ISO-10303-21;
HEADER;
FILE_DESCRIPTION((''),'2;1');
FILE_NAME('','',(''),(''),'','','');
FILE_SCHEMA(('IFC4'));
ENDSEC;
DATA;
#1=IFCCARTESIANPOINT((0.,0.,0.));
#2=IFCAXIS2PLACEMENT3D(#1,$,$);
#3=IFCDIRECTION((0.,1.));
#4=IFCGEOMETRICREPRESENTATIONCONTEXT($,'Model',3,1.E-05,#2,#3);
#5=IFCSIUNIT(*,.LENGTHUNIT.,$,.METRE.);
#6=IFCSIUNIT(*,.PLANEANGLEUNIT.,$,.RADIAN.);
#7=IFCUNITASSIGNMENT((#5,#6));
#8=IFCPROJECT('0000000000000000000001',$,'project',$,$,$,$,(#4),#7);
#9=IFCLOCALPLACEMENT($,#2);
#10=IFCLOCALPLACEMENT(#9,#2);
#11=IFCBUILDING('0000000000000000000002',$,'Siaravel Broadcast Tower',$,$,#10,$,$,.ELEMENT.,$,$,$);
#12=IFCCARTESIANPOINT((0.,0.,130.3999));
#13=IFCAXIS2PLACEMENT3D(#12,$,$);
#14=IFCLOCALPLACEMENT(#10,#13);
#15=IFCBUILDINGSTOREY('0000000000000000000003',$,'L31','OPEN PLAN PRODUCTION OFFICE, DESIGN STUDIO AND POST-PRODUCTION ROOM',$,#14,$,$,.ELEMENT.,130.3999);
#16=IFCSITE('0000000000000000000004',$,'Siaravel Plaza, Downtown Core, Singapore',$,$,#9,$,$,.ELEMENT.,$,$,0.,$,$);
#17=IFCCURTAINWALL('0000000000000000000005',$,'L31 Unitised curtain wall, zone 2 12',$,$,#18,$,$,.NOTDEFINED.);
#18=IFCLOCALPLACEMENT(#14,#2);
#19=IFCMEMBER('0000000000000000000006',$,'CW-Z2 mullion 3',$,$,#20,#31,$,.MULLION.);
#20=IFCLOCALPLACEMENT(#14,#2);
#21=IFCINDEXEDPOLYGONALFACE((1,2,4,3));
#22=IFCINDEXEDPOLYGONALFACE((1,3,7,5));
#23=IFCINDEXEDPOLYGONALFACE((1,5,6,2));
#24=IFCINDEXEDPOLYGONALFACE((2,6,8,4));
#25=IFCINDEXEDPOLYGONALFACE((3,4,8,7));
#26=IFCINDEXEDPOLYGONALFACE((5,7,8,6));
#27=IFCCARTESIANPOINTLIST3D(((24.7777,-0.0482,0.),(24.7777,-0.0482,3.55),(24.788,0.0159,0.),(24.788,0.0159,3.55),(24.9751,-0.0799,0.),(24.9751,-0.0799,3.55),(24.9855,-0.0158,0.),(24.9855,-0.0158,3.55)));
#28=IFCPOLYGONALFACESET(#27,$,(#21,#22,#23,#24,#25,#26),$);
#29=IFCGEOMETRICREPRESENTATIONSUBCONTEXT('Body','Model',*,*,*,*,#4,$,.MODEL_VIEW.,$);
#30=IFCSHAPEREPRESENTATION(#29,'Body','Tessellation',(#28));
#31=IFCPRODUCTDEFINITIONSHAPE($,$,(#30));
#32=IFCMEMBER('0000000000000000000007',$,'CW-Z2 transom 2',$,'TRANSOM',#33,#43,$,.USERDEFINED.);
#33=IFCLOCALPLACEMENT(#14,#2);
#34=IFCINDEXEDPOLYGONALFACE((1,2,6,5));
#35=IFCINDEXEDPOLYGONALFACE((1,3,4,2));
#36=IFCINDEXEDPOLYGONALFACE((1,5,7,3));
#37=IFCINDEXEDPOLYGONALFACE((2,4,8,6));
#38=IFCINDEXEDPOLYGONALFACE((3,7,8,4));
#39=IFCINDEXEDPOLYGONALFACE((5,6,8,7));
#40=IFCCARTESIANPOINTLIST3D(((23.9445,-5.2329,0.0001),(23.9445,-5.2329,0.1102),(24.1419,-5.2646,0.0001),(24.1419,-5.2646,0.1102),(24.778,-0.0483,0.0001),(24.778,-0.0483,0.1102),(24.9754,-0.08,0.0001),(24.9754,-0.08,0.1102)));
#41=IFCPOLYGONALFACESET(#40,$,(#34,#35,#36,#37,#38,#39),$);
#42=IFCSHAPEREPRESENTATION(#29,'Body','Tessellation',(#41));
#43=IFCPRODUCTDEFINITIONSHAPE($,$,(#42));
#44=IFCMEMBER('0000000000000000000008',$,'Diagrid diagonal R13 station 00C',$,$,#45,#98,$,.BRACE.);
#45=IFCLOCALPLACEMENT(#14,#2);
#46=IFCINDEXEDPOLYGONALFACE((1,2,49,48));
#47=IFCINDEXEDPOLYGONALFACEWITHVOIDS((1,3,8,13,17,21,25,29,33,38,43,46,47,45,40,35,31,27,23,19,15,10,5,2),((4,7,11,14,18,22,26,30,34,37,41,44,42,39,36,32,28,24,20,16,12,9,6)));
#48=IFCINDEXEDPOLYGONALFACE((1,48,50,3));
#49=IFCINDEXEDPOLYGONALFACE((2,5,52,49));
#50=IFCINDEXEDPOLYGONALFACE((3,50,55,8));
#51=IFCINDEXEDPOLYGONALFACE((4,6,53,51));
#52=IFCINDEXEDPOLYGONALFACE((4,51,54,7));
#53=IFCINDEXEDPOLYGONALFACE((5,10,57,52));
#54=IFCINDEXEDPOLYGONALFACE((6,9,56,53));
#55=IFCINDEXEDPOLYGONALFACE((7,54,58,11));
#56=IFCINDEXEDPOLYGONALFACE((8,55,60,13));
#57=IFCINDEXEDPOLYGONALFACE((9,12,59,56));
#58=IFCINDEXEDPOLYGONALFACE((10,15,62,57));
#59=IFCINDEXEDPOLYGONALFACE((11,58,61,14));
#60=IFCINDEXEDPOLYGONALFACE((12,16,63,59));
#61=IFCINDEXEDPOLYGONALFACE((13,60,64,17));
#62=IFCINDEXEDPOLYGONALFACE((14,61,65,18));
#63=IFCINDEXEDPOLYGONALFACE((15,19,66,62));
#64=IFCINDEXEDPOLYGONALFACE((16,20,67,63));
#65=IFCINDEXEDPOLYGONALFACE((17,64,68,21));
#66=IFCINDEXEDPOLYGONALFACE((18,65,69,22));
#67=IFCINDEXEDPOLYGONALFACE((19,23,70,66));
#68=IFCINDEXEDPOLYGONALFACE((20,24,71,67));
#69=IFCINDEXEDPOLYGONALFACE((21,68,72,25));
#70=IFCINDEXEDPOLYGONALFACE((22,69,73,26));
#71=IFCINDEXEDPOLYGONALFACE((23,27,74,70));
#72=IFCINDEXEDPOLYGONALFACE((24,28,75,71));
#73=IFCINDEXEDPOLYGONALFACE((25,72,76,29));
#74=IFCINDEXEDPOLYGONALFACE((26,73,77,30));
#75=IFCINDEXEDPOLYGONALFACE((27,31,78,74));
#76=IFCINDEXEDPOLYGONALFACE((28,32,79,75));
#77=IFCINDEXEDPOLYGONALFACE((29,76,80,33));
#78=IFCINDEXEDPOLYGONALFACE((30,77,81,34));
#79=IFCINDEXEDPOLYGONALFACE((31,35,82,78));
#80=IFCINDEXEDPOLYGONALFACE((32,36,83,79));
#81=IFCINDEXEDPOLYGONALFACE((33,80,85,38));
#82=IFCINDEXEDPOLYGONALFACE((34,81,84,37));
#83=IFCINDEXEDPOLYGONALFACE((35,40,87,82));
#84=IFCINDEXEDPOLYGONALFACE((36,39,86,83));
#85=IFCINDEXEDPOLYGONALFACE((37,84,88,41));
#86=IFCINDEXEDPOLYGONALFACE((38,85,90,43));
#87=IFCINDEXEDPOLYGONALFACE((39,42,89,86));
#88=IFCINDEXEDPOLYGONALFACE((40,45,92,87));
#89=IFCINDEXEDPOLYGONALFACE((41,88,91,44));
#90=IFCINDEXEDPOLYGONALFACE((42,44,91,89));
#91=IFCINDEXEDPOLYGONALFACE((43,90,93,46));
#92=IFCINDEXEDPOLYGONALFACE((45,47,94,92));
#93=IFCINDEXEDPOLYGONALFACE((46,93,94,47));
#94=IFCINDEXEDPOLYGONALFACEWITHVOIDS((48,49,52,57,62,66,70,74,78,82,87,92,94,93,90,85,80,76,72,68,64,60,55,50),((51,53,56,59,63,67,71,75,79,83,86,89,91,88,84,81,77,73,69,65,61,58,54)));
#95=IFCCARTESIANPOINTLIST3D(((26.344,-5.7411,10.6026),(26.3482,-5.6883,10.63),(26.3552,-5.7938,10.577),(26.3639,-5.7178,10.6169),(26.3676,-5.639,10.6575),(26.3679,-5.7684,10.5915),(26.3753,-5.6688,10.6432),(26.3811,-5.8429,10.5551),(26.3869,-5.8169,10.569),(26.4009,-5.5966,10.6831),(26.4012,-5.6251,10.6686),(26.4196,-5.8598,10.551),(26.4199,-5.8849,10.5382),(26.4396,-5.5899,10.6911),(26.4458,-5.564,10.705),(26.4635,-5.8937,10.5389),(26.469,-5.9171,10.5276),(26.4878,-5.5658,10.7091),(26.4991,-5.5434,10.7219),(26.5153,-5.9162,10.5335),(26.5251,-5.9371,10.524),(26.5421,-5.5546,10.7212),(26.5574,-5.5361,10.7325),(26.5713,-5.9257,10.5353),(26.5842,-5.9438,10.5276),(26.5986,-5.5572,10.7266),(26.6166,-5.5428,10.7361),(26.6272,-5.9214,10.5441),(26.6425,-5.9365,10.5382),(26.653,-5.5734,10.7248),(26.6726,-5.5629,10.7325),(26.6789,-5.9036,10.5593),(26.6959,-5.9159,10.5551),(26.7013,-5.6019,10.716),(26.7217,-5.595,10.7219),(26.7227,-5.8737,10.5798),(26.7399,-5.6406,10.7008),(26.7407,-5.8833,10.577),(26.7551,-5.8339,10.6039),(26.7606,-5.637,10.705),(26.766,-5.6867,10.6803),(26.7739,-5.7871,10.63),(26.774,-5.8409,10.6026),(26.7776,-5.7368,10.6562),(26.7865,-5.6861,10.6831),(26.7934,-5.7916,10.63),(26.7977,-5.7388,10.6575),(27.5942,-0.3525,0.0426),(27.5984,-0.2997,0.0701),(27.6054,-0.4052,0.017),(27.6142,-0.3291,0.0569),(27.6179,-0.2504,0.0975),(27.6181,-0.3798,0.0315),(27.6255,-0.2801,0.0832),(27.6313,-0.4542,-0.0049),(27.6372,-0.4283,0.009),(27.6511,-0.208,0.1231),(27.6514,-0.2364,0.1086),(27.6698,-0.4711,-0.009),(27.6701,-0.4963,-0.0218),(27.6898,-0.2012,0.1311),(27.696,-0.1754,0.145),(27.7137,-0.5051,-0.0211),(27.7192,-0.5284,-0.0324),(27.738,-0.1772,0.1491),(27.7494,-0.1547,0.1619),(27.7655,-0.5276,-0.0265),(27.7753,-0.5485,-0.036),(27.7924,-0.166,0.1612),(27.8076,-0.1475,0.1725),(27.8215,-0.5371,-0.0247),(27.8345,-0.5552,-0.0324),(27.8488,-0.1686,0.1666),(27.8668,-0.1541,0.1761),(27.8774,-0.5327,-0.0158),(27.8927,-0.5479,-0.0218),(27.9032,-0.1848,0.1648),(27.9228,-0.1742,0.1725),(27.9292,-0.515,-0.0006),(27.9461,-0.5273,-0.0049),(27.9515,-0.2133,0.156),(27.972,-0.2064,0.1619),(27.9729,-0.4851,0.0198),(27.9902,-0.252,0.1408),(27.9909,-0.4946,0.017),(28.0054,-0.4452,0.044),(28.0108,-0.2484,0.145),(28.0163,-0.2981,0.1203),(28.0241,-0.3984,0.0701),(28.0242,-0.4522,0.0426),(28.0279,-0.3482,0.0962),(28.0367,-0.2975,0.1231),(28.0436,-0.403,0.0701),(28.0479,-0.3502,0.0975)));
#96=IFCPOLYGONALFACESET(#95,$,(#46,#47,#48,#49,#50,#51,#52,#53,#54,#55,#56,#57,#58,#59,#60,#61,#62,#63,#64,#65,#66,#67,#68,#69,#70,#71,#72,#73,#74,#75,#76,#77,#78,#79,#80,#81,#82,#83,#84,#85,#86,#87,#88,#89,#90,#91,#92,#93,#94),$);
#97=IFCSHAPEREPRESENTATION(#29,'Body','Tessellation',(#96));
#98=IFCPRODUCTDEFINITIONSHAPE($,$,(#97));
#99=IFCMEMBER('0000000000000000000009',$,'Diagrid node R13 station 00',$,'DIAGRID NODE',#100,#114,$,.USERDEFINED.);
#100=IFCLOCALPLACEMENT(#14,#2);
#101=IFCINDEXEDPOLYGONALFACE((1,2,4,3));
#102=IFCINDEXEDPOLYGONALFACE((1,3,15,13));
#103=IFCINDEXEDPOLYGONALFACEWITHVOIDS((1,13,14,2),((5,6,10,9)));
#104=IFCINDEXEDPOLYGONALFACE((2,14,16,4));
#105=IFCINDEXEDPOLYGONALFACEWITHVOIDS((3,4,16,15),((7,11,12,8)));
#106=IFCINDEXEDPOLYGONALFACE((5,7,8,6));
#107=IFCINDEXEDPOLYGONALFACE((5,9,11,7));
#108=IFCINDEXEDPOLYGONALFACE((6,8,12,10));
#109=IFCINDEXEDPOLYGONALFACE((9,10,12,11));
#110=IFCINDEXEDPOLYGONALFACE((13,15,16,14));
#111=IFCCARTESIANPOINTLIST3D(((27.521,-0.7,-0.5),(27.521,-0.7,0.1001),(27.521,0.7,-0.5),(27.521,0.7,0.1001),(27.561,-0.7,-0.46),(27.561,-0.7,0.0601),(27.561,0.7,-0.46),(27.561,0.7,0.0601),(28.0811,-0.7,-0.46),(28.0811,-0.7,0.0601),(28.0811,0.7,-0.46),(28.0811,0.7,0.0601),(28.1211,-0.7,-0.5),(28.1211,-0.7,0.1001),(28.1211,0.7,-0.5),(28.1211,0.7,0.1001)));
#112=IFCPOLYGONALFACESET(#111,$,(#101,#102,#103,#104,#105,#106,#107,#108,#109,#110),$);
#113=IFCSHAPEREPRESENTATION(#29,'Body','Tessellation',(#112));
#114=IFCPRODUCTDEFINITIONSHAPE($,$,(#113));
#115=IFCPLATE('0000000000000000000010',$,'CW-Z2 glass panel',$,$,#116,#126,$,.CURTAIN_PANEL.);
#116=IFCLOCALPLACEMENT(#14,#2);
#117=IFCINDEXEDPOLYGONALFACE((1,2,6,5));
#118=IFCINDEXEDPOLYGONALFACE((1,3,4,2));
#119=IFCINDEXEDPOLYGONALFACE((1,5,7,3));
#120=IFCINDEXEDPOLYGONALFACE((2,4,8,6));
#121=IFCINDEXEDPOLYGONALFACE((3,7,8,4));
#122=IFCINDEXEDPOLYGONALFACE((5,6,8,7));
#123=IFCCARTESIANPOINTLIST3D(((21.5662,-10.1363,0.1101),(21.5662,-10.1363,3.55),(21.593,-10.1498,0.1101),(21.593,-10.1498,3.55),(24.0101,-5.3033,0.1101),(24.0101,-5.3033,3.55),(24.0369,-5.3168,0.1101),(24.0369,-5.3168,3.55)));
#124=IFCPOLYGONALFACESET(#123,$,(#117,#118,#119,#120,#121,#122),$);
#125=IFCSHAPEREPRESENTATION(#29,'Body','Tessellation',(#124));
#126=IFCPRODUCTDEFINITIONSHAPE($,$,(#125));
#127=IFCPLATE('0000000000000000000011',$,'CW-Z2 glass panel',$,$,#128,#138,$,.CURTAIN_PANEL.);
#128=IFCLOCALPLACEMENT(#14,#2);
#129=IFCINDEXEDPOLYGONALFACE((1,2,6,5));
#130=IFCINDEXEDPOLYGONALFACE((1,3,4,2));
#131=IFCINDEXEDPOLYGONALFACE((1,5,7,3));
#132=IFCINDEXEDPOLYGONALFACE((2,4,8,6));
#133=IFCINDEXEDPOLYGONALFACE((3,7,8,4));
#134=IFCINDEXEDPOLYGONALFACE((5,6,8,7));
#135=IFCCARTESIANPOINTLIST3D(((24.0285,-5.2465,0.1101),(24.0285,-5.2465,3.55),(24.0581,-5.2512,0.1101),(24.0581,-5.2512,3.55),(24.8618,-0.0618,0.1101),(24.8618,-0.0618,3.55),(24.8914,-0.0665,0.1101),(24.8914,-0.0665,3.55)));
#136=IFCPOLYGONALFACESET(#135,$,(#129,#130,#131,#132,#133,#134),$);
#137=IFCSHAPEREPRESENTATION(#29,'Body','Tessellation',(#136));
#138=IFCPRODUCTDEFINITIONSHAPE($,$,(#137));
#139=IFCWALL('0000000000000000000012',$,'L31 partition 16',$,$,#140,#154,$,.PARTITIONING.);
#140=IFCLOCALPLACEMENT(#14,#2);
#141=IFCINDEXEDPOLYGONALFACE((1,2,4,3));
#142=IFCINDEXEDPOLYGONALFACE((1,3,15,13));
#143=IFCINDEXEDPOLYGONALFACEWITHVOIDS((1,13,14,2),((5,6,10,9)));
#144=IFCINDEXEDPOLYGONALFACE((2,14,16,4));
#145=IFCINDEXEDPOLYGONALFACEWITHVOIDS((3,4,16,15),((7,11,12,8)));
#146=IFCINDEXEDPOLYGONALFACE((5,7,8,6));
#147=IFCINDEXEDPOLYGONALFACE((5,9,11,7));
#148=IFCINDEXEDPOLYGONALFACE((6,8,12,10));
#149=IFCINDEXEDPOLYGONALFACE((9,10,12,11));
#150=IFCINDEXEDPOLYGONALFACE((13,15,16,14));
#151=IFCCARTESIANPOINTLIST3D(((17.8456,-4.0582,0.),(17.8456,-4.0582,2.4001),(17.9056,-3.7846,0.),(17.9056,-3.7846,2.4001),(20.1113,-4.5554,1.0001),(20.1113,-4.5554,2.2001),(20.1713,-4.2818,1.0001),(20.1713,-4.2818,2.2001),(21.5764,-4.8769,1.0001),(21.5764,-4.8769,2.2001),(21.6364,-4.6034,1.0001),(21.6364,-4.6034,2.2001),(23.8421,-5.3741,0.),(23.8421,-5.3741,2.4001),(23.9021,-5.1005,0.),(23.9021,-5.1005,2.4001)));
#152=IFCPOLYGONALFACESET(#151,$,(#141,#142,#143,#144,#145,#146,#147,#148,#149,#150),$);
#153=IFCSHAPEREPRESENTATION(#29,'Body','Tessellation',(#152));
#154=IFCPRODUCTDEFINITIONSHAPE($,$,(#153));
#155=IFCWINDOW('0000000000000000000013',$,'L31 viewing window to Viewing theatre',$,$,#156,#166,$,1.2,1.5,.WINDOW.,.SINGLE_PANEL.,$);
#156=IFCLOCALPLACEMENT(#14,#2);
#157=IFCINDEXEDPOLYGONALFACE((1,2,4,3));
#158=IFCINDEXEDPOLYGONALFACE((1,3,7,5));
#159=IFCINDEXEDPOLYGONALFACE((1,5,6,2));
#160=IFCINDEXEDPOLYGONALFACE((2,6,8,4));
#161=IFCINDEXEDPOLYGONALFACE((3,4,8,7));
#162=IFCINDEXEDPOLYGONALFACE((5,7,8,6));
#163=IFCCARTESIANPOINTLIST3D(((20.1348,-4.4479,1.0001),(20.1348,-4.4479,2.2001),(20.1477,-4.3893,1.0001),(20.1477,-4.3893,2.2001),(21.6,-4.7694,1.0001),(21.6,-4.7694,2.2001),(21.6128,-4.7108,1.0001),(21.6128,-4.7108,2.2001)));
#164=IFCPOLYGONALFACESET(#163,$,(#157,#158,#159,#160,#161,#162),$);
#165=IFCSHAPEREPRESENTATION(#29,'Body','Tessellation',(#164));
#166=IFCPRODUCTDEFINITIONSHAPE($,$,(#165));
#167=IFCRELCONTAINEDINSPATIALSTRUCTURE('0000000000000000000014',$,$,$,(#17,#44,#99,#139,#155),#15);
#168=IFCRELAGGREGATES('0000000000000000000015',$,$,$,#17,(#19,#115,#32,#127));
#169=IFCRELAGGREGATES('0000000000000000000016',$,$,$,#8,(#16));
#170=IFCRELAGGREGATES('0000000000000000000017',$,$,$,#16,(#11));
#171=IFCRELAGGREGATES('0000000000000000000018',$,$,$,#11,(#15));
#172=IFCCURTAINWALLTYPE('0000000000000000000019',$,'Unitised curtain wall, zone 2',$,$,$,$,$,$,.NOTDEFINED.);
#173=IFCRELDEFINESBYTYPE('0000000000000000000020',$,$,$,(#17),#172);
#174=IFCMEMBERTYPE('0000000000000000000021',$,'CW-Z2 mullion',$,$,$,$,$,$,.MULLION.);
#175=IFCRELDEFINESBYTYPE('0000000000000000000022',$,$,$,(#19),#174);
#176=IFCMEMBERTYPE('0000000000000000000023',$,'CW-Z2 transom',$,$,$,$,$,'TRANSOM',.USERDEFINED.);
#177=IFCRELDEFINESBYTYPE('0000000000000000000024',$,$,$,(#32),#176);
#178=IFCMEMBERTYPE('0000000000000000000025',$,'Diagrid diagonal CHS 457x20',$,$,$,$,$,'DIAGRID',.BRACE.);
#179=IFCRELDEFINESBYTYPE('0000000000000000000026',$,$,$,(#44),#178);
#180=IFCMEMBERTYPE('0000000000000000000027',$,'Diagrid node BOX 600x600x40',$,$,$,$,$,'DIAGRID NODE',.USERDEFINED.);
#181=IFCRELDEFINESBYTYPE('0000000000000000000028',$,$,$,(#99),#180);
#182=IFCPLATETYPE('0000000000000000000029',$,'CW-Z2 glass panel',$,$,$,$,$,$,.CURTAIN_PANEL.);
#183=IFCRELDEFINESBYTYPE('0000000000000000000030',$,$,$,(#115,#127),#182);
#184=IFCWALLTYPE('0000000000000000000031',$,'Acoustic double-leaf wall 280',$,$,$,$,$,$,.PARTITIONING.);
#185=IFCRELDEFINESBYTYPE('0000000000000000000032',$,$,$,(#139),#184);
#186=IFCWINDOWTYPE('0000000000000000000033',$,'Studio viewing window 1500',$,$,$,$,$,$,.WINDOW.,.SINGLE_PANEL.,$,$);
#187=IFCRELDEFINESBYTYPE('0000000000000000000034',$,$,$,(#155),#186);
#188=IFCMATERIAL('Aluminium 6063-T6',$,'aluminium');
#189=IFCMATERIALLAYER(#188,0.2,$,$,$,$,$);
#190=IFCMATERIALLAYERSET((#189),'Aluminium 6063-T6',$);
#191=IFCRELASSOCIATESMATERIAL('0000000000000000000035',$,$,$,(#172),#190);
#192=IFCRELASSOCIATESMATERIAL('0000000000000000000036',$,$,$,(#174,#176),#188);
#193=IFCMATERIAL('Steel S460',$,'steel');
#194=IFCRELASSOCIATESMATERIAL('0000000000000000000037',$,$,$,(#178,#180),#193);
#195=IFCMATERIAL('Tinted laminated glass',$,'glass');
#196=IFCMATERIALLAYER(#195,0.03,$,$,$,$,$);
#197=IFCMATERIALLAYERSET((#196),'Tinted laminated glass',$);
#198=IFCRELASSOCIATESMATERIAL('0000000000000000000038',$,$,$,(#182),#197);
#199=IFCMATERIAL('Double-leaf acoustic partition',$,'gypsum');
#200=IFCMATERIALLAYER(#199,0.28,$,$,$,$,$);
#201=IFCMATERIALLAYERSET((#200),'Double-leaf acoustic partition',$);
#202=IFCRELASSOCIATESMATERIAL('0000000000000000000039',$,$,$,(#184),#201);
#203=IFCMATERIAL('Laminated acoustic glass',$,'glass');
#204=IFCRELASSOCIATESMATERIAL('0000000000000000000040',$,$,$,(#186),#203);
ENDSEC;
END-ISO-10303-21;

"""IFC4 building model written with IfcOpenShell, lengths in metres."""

from ifc_helpers import new_model, si_unit, direction, frame, frame_2d, origin, origin_2d, place, context, subcontext, project, spatial, rectangle, hollow_rectangle, hollow_circle, extrude, material, layer, layer_set, material_profile, profile_set, type_object, element, fill, aggregate, save


model = new_model("IFC4")

# Units and contexts
model_context = context("Model", 3, precision=1e-05, world=origin(), true_north=direction((0.0, 1.0)))
body_context = subcontext(model_context, "Body", "Model", "MODEL_VIEW")
ifc_project = project(units=[si_unit("LENGTHUNIT", "METRE"), si_unit("PLANEANGLEUNIT", "RADIAN")], contexts=[model_context])

# Site, building, storey
site_placement = place(None, origin())
site = spatial("IfcSite", under=ifc_project, at=site_placement, Name="Siaravel Plaza, Downtown Core, Singapore", CompositionType="ELEMENT", RefElevation=0.0)
building_placement = place(site_placement, origin())
building = spatial("IfcBuilding", under=site, at=building_placement, Name="Siaravel Broadcast Tower", CompositionType="ELEMENT")
storey_placement = place(building_placement, frame((0.0, 0.0, 130.3999)))
storey = spatial("IfcBuildingStorey", under=building, at=storey_placement, Name="L31", Description="OPEN PLAN PRODUCTION OFFICE, DESIGN STUDIO AND POST-PRODUCTION ROOM", CompositionType="ELEMENT", Elevation=130.3999)

# Curtain wall, members
ifc_material_1 = material(Name="Aluminium 6063-T6", Category="aluminium")
ifc_layer_1 = layer(ifc_material_1, 0.2)
ifc_layer_set_1 = layer_set([ifc_layer_1], Name="Aluminium 6063-T6")
curtain_wall_type = type_object("IfcCurtainWallType", Name="Unitised curtain wall, zone 2", PredefinedType="NOTDEFINED", material=ifc_layer_set_1)
curtain_wall_placement = place(storey_placement, origin())
curtain_wall = element("IfcCurtainWall", 1, at=curtain_wall_placement, inside=storey, type_object=curtain_wall_type, Name="L31 Unitised curtain wall, zone 2 12", PredefinedType="NOTDEFINED")
ifc_material_profile_1 = material_profile(ifc_material_1, rectangle(XDim=0.2, YDim=0.0649, at=origin_2d()))
ifc_profile_set_1 = profile_set([ifc_material_profile_1], Name="Aluminium 6063-T6")
member_type_1 = type_object("IfcMemberType", Name="CW-Z2 mullion", PredefinedType="MULLION", material=ifc_profile_set_1)
member_1_placement = place(storey_placement, frame((24.8816, -0.032, 0.0), z_axis=(0.0, 0.0, 1.0), x_axis=(-0.987329, 0.158685, 0.0)))
member_1 = element("IfcMember", 2, at=member_1_placement, type_object=member_type_1, Name="CW-Z2 mullion 3", PredefinedType="MULLION", context=body_context, shape_type="SweptSolid", body=[
    extrude(rectangle(XDim=0.2, YDim=0.0649, at=origin_2d()), origin(), (0.0, 0.0, 1.0), 3.55),
])
ifc_material_profile_2 = material_profile(ifc_material_1, rectangle(XDim=0.2, YDim=0.1101, at=origin_2d()))
ifc_profile_set_2 = profile_set([ifc_material_profile_2], Name="Aluminium 6063-T6")
member_type_2 = type_object("IfcMemberType", Name="CW-Z2 transom", ElementType="TRANSOM", PredefinedType="USERDEFINED", material=ifc_profile_set_2)
member_2_placement = place(storey_placement, frame((24.0432, -5.2488, 0.0552), z_axis=(0.158727, 0.987323, 0.0), x_axis=(-0.987323, 0.158727, 0.0)))
member_2 = element("IfcMember", 3, at=member_2_placement, type_object=member_type_2, Name="CW-Z2 transom 2", ObjectType="TRANSOM", PredefinedType="USERDEFINED", context=body_context, shape_type="SweptSolid", body=[
    extrude(rectangle(XDim=0.2, YDim=0.1101, at=origin_2d()), origin(), (0.0, 0.0, 1.0), 5.2512),
])

# Members
ifc_material_2 = material(Name="Steel S460", Category="steel")
ifc_material_profile_3 = material_profile(ifc_material_2, hollow_circle(Radius=0.2285, WallThickness=0.02, at=origin_2d()))
ifc_profile_set_3 = profile_set([ifc_material_profile_3], Name="Steel S460")
member_type_3 = type_object("IfcMemberType", Name="Diagrid diagonal CHS 457x20", ElementType="DIAGRID", PredefinedType="BRACE", material=ifc_profile_set_3)
member_3_placement = place(storey_placement, frame((27.821, -0.3513, 0.0701), z_axis=(-0.104875, -0.452023, 0.88582), x_axis=(0.974125, -0.22601, 0.0)))
element("IfcMember", 4, at=member_3_placement, inside=storey, type_object=member_type_3, Name="Diagrid diagonal R13 station 00C", PredefinedType="BRACE", context=body_context, shape_type="SweptSolid", body=[
    extrude(hollow_circle(Radius=0.2285, WallThickness=0.02, at=origin_2d()), origin(), (0.0, 0.0, 1.0), 11.9211),
])
ifc_material_profile_4 = material_profile(ifc_material_2, hollow_rectangle(XDim=0.6001, YDim=0.6001, WallThickness=0.04, at=origin_2d()))
ifc_profile_set_4 = profile_set([ifc_material_profile_4], Name="Steel S460")
member_type_4 = type_object("IfcMemberType", Name="Diagrid node BOX 600x600x40", ElementType="DIAGRID NODE", PredefinedType="USERDEFINED", material=ifc_profile_set_4)
member_4_placement = place(storey_placement, frame((27.821, -0.7, -0.2), z_axis=(0.0, 1.0, 0.0), x_axis=(-1.0, 0.0, 0.0)))
element("IfcMember", 5, at=member_4_placement, inside=storey, type_object=member_type_4, Name="Diagrid node R13 station 00", ObjectType="DIAGRID NODE", PredefinedType="USERDEFINED", context=body_context, shape_type="SweptSolid", body=[
    extrude(hollow_rectangle(XDim=0.6001, YDim=0.6001, WallThickness=0.04, at=origin_2d()), origin(), (0.0, 0.0, 1.0), 1.3999),
])

# Plates
ifc_material_3 = material(Name="Tinted laminated glass", Category="glass")
ifc_layer_2 = layer(ifc_material_3, 0.03)
ifc_layer_set_2 = layer_set([ifc_layer_2], Name="Tinted laminated glass")
plate_type = type_object("IfcPlateType", Name="CW-Z2 glass panel", PredefinedType="CURTAIN_PANEL", material=ifc_layer_set_2)
plate_1_placement = place(storey_placement, frame((22.8015, -7.7266, 0.1101), z_axis=(0.0, 0.0, 1.0), x_axis=(0.451259, 0.892393, 0.0)))
plate_1 = element("IfcPlate", 6, at=plate_1_placement, type_object=plate_type, Name="CW-Z2 glass panel", PredefinedType="CURTAIN_PANEL", context=body_context, shape_type="SweptSolid", body=[
    extrude(rectangle(XDim=5.4158, YDim=0.03, at=origin_2d()), origin(), (0.0, 0.0, 1.0), 3.4399),
])
plate_2_placement = place(storey_placement, frame((24.46, -2.6565, 0.1101), z_axis=(0.0, 0.0, 1.0), x_axis=(0.158685, 0.987329, 0.0)))
plate_2 = element("IfcPlate", 7, at=plate_2_placement, type_object=plate_type, Name="CW-Z2 glass panel", PredefinedType="CURTAIN_PANEL", context=body_context, shape_type="SweptSolid", body=[
    extrude(rectangle(XDim=5.2512, YDim=0.03, at=origin_2d()), origin(), (0.0, 0.0, 1.0), 3.4399),
])
aggregate(curtain_wall, [member_1, plate_1, member_2, plate_2])

# Wall, opening, window
ifc_material_4 = material(Name="Double-leaf acoustic partition", Category="gypsum")
ifc_layer_3 = layer(ifc_material_4, 0.28)
ifc_layer_set_3 = layer_set([ifc_layer_3], Name="Double-leaf acoustic partition")
wall_type_1 = type_object("IfcWallType", Name="Acoustic double-leaf wall 280", PredefinedType="PARTITIONING", material=ifc_layer_set_3)
wall_1_placement = place(storey_placement, frame((23.8721, -5.2373, 0.0), z_axis=(0.0, 0.0, 1.0), x_axis=(-0.976758, 0.214344, 0.0)))
wall_1 = element("IfcWall", 8, at=wall_1_placement, inside=storey, type_object=wall_type_1, Name="L31 partition 16", PredefinedType="PARTITIONING", context=body_context, shape_type="SweptSolid", body=[
    extrude(rectangle(XDim=6.1392, YDim=0.28, at=frame_2d((3.0696, 0.0))), origin(), (0.0, 0.0, 1.0), 2.4001),
])
opening_1_placement = place(wall_1_placement, frame((2.3196, 0.0, 1.0)))
opening_1 = element("IfcOpeningElement", 9, at=opening_1_placement, cuts=wall_1, PredefinedType="OPENING", context=body_context, shape_type="SweptSolid", body=[
    extrude(rectangle(XDim=1.5, YDim=1.2, at=frame_2d((0.75, 0.6001))), frame((0.0, 0.1499, 0.0), z_axis=(0.0, -1.0, 0.0), x_axis=(1.0, 0.0, 0.0)), (0.0, 0.0, 1.0), 0.3),
])
ifc_material_5 = material(Name="Laminated acoustic glass", Category="glass")
window_type = type_object("IfcWindowType", Name="Studio viewing window 1500", PartitioningType="SINGLE_PANEL", PredefinedType="WINDOW", material=ifc_material_5)
window_1_placement = place(opening_1_placement, origin())
window_1 = element("IfcWindow", 10, at=window_1_placement, inside=storey, type_object=window_type, Name="L31 viewing window to Viewing theatre", OverallHeight=1.2, OverallWidth=1.5, PartitioningType="SINGLE_PANEL", PredefinedType="WINDOW", context=body_context, shape_type="SweptSolid", body=[
    extrude(rectangle(XDim=1.5, YDim=1.2, at=frame_2d((0.75, 0.6001))), frame((0.0, 0.03, 0.0), z_axis=(0.0, -1.0, 0.0), x_axis=(1.0, 0.0, 0.0)), (0.0, 0.0, 1.0), 0.0601),
])
fill(opening_1, window_1)

save(model, "model.ifc")
